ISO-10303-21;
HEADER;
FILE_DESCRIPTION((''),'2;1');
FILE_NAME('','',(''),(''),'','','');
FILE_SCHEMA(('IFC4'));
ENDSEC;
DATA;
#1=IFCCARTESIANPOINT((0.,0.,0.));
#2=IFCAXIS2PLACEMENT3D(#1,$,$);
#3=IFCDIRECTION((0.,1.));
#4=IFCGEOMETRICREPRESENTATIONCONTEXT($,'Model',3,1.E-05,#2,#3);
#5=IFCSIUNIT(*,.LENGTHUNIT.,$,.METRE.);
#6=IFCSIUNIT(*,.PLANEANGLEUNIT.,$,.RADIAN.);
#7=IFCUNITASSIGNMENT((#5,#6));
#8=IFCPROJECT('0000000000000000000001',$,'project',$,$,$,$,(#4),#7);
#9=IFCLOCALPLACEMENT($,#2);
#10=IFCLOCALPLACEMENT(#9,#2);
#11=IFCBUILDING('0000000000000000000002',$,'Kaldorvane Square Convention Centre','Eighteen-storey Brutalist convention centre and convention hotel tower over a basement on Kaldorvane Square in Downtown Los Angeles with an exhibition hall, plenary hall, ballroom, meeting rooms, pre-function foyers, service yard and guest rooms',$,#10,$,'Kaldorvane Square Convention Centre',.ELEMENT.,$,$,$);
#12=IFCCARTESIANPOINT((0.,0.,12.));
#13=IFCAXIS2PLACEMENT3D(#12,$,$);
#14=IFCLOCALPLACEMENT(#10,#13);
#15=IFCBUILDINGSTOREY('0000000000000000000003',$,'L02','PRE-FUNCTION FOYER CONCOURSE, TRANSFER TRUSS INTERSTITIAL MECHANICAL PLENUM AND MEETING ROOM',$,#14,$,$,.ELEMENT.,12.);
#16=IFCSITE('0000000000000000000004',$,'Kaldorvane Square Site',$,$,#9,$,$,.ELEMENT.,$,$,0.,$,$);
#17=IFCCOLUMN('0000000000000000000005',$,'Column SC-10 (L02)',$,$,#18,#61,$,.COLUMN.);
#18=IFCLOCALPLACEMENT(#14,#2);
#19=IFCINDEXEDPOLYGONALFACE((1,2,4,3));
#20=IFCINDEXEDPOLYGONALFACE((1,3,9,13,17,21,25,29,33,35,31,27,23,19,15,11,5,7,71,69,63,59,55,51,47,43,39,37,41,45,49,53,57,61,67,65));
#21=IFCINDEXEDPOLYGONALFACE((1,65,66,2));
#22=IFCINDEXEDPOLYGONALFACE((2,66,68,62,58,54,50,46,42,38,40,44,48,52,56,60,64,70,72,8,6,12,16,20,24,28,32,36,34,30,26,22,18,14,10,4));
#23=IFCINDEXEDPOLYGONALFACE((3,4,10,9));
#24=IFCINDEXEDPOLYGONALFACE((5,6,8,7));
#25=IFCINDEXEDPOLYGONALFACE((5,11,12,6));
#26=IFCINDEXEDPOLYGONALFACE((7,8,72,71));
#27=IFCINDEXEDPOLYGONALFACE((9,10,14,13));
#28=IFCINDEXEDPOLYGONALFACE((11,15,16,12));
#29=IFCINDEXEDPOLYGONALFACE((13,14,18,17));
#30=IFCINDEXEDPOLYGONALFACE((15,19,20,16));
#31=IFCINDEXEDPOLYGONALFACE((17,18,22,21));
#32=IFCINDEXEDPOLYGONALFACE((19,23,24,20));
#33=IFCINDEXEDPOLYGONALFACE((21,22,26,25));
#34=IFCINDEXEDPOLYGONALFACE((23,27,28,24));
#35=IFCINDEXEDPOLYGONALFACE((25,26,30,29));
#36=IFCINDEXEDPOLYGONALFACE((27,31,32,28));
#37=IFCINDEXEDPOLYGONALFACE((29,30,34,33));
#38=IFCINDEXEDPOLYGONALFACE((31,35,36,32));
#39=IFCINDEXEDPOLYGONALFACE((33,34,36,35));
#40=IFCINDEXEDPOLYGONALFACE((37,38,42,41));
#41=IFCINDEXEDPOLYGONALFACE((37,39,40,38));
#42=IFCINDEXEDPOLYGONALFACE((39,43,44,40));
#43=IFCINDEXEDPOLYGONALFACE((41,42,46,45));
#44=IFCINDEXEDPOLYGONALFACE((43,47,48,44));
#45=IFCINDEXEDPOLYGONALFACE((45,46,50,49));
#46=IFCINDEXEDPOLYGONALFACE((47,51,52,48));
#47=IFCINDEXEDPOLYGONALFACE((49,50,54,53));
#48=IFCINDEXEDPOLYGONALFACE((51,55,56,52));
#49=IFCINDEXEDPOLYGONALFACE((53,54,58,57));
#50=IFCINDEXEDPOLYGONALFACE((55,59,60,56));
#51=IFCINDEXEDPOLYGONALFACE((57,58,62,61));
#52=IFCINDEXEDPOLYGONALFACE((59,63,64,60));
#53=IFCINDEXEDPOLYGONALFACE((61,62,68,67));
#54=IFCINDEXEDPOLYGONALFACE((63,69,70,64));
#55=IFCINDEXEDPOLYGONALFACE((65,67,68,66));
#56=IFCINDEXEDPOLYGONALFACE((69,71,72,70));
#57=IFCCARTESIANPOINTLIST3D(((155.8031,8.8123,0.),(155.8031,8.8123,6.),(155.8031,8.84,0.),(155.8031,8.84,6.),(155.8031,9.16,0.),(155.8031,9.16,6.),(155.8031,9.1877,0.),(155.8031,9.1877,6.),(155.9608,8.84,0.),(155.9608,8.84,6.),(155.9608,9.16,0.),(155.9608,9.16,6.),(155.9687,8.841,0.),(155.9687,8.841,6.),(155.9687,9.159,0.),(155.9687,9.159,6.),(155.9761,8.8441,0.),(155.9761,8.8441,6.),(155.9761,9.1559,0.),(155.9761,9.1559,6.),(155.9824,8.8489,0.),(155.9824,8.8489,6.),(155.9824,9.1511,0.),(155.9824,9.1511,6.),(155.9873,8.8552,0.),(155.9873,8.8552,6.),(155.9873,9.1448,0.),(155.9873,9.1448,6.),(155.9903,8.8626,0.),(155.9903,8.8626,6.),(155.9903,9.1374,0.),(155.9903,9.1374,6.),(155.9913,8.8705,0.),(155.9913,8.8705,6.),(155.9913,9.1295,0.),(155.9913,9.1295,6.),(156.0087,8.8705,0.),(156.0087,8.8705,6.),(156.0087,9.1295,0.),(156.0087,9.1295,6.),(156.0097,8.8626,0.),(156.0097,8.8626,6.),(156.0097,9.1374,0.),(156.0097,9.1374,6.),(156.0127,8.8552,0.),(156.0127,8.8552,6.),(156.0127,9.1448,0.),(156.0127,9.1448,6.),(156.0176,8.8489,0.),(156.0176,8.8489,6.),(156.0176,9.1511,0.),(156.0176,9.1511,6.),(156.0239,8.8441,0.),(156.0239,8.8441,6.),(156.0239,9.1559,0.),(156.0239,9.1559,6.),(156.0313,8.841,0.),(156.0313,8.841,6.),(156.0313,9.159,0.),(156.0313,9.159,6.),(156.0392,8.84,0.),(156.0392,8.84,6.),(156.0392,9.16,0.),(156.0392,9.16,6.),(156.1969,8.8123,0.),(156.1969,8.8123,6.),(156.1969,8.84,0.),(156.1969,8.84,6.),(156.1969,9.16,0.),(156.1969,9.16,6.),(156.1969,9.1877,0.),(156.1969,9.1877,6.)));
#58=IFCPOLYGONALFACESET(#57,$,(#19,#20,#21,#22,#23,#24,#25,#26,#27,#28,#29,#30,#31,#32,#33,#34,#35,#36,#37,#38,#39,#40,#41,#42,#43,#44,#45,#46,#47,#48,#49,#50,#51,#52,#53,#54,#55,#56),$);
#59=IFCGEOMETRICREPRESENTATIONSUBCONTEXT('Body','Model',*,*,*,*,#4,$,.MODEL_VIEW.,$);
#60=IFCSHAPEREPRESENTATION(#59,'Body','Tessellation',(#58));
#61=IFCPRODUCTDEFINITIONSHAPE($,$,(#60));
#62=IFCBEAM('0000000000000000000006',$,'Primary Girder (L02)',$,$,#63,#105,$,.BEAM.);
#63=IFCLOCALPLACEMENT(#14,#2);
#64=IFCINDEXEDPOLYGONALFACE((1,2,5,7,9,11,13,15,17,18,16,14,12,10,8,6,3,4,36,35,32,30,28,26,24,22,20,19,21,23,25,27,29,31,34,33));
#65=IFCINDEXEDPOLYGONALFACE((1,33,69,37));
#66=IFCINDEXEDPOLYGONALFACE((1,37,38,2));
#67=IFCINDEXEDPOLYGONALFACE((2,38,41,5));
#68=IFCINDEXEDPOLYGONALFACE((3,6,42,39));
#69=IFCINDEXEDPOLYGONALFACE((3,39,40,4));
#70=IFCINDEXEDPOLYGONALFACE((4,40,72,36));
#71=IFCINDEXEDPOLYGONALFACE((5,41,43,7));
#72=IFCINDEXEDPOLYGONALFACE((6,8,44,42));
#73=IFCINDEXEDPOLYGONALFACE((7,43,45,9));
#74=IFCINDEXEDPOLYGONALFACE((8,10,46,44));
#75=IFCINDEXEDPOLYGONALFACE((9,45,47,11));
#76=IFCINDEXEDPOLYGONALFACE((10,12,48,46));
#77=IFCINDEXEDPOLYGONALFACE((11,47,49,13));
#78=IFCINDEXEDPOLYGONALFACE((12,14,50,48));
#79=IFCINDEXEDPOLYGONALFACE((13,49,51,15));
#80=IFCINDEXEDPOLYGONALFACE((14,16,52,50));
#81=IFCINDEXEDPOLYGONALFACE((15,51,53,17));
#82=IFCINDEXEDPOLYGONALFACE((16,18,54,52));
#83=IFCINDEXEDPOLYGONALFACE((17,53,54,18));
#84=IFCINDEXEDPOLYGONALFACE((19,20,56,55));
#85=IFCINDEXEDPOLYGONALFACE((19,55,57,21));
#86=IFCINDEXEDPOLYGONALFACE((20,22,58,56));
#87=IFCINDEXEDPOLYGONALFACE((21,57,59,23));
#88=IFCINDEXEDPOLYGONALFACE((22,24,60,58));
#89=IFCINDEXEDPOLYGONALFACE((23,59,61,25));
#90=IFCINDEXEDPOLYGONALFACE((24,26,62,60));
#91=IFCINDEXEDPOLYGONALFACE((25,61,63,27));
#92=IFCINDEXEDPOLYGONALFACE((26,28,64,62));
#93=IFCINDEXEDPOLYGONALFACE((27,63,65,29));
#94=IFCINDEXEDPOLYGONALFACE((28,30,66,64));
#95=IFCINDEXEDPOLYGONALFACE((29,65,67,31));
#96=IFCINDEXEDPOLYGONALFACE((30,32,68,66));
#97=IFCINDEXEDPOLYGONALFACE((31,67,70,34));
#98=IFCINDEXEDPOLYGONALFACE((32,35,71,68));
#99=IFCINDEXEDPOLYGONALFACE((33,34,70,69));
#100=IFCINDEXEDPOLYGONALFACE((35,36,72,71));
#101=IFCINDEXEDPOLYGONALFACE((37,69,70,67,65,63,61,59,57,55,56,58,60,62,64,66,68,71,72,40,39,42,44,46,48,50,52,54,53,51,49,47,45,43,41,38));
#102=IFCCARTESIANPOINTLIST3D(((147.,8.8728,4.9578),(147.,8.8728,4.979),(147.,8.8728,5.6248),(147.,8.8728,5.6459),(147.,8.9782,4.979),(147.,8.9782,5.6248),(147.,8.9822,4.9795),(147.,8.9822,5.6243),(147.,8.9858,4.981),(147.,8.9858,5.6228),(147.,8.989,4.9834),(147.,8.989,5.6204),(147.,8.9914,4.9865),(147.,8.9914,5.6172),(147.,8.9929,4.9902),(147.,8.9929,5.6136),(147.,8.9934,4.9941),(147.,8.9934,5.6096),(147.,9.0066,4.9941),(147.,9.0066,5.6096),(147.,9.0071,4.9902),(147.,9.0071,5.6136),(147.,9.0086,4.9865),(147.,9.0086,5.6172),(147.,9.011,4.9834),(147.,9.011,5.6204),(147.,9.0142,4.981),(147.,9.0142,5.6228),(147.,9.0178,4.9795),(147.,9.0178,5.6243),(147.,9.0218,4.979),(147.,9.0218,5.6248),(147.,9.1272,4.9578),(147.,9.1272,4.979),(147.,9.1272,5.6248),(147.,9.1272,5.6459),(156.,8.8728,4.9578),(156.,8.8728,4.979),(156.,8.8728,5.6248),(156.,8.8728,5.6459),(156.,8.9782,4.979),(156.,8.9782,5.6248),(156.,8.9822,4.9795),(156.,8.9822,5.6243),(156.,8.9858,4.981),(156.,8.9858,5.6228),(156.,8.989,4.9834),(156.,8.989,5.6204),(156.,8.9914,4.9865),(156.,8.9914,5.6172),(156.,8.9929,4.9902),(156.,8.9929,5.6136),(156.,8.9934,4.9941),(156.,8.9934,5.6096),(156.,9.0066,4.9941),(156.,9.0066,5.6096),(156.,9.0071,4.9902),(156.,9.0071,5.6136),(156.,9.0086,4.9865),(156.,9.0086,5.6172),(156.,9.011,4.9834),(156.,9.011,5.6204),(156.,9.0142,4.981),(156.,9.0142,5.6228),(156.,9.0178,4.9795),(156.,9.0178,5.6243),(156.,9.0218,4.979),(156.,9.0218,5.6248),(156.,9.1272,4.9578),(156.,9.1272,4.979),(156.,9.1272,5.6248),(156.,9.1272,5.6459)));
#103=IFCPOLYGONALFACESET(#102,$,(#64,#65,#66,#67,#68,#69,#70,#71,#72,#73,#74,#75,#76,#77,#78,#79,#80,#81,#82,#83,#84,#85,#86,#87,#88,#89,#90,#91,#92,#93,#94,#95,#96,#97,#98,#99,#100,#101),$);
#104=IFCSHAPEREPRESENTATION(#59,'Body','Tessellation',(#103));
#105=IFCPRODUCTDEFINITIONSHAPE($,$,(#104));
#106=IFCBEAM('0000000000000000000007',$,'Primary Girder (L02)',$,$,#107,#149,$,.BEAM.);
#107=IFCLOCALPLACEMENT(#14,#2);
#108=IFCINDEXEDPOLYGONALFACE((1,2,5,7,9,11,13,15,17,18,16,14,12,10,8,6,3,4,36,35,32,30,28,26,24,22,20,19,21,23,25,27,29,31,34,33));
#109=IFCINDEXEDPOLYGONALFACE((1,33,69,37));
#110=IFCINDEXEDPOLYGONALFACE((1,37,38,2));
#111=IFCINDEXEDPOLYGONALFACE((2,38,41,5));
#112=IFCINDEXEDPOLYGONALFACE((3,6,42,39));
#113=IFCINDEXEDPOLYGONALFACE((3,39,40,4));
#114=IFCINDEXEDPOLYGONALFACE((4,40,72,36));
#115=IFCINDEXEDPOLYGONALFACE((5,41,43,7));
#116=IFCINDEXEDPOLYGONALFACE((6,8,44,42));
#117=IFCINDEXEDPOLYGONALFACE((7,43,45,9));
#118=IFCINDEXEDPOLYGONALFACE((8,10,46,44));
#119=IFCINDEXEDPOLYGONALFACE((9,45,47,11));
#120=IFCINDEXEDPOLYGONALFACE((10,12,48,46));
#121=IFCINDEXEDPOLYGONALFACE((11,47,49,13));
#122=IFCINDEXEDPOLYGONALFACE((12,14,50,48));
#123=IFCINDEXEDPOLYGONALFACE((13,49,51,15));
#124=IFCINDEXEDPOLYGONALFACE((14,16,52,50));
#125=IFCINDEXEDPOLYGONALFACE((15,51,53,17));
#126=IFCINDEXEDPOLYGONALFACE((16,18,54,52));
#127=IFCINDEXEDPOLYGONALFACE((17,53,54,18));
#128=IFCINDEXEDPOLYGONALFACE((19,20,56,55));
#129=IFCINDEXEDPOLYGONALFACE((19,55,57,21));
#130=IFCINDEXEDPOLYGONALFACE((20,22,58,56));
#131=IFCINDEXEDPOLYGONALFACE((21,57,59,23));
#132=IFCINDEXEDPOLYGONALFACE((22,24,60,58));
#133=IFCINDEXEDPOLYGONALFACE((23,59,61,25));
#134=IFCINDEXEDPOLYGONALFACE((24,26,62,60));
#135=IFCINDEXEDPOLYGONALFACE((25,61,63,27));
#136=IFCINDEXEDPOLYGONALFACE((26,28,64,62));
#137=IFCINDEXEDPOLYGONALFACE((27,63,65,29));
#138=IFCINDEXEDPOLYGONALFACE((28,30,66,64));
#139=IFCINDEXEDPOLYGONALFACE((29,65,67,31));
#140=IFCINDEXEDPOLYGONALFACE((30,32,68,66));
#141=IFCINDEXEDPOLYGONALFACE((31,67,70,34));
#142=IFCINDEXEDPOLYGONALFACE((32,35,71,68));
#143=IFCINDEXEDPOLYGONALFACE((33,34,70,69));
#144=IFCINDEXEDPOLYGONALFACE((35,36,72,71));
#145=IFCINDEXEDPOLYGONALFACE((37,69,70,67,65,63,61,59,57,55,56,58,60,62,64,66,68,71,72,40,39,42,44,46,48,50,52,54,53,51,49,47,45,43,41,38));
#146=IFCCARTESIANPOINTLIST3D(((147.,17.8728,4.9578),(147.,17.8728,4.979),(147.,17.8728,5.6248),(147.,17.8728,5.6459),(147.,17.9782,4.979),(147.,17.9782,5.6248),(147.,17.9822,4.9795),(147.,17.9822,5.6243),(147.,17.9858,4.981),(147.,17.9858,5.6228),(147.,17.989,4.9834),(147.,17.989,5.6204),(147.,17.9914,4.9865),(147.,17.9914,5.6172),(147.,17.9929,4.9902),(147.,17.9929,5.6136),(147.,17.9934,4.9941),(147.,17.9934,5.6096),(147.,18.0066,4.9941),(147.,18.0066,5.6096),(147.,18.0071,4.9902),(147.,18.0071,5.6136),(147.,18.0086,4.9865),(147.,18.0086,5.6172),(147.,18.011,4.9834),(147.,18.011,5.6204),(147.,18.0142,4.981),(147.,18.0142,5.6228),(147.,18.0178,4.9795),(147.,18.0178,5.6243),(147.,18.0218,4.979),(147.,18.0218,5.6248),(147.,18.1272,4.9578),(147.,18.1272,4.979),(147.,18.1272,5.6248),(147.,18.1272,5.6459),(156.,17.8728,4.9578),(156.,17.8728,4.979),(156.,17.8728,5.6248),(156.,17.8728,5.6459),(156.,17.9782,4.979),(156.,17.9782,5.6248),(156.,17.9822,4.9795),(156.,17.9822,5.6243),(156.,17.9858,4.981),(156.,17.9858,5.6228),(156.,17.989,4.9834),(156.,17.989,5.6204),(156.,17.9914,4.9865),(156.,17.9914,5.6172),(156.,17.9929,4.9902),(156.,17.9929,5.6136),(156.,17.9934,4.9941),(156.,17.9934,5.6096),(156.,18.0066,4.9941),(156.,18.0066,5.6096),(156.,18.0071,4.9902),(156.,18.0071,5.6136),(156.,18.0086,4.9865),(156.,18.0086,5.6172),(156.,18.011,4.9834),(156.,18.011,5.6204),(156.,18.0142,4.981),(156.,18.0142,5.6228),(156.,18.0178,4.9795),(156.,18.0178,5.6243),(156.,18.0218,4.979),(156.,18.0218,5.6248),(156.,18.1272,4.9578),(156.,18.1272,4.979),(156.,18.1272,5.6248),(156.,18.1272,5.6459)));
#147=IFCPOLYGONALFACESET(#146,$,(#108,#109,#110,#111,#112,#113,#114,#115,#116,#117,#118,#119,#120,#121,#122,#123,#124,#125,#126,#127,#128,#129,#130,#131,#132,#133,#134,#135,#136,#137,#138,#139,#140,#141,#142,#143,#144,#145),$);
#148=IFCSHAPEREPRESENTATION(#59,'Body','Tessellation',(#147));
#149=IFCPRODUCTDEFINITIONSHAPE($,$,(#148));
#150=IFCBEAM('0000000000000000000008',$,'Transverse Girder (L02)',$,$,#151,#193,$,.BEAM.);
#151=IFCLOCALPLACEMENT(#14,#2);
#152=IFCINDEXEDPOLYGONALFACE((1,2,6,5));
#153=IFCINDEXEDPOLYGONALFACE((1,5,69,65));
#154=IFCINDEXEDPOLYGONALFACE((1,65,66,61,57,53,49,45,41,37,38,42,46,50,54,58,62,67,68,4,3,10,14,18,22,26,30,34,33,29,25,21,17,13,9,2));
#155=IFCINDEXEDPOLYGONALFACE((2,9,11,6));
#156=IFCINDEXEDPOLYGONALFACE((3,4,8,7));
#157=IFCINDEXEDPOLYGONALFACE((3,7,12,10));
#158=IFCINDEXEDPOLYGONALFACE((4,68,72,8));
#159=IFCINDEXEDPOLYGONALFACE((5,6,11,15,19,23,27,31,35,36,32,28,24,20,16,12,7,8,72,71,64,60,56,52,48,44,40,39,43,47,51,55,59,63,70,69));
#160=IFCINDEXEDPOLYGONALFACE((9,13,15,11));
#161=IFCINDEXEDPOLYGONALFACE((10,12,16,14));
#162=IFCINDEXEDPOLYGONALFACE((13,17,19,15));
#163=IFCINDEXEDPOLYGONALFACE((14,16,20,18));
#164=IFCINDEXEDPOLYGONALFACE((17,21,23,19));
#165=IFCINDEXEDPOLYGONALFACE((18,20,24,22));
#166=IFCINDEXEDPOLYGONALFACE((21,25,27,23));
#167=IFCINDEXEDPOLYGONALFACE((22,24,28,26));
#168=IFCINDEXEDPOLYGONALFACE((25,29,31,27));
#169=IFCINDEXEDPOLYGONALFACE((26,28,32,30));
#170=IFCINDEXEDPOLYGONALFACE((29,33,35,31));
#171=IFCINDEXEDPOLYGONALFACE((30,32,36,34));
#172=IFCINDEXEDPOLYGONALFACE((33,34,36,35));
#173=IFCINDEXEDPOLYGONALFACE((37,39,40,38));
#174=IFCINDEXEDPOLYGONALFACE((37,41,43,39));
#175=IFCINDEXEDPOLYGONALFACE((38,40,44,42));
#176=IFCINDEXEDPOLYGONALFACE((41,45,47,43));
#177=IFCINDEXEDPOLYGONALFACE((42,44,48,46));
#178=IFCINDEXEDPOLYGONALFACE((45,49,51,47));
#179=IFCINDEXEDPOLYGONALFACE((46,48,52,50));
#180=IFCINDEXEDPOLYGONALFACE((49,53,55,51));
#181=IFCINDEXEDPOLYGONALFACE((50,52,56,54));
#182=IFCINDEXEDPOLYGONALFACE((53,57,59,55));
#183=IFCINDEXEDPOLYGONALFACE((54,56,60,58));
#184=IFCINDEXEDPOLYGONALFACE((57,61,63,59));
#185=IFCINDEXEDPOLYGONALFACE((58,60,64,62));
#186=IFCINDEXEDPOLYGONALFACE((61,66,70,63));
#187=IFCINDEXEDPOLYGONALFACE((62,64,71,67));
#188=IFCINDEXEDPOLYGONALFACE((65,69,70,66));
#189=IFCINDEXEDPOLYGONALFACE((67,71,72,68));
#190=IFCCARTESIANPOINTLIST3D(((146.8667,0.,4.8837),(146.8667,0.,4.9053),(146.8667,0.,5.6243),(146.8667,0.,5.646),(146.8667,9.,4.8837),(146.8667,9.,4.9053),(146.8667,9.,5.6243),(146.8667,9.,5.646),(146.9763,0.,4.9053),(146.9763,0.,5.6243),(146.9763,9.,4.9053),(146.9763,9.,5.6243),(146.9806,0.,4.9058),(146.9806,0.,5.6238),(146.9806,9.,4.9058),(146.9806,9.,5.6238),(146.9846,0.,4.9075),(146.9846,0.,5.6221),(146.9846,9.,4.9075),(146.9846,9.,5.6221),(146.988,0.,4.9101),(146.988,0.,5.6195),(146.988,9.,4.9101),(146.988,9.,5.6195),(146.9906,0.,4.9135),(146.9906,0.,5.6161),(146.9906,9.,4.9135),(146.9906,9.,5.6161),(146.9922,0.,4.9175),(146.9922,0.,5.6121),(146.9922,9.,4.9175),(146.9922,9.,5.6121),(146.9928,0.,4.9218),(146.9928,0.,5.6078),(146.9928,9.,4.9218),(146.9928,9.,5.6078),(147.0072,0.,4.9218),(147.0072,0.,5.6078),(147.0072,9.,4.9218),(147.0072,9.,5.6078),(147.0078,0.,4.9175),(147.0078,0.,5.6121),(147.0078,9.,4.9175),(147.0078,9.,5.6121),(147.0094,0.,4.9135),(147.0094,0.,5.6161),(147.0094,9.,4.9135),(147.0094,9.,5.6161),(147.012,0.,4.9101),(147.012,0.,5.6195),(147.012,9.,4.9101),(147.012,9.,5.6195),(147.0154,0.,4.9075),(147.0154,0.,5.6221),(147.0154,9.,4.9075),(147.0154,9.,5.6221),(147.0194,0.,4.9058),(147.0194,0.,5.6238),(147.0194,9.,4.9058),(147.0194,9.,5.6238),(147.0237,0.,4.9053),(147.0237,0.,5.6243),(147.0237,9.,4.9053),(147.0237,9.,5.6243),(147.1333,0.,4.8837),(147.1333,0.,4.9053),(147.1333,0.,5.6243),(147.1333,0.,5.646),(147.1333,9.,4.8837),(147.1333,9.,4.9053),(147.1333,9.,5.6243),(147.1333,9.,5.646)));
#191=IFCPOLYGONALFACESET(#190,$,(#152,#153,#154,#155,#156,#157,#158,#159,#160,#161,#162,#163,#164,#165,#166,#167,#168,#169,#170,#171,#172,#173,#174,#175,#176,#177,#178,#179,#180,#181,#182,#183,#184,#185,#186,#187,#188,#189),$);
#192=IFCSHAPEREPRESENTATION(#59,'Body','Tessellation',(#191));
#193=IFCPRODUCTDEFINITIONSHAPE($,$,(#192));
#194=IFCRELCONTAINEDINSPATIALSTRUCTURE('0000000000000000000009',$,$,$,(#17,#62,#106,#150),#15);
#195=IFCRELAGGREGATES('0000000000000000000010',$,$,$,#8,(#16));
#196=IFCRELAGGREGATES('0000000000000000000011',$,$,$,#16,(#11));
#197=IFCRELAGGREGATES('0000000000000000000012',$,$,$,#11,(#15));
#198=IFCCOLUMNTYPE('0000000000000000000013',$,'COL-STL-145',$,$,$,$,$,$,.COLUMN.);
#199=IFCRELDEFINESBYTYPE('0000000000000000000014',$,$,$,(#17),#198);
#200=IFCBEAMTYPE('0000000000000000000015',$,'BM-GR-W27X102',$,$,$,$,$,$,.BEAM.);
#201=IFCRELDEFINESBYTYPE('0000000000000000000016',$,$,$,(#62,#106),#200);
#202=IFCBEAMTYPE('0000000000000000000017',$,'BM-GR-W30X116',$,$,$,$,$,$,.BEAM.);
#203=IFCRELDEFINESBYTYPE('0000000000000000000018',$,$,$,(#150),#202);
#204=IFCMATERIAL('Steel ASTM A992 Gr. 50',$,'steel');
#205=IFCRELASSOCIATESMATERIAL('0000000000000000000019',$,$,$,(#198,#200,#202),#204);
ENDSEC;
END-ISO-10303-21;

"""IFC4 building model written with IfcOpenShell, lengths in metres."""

from ifc_helpers import new_model, si_unit, direction, frame, origin, origin_2d, place, context, subcontext, project, spatial, i_section, extrude, material, material_profile, profile_set, type_object, element, save


model = new_model("IFC4")

# Units and contexts
model_context = context("Model", 3, precision=1e-05, world=origin(), true_north=direction((0.0, 1.0)))
body_context = subcontext(model_context, "Body", "Model", "MODEL_VIEW")
ifc_project = project(units=[si_unit("LENGTHUNIT", "METRE"), si_unit("PLANEANGLEUNIT", "RADIAN")], contexts=[model_context])

# Site, building, storey
site_placement = place(None, origin())
site = spatial("IfcSite", under=ifc_project, at=site_placement, Name="Kaldorvane Square Site", CompositionType="ELEMENT", RefElevation=0.0)
building_placement = place(site_placement, origin())
building = spatial("IfcBuilding", under=site, at=building_placement, Name="Kaldorvane Square Convention Centre", Description="Eighteen-storey Brutalist convention centre and convention hotel tower over a basement on Kaldorvane Square in Downtown Los Angeles with an exhibition hall, plenary hall, ballroom, meeting rooms, pre-function foyers, service yard and guest rooms", LongName="Kaldorvane Square Convention Centre", CompositionType="ELEMENT")
storey_placement = place(building_placement, frame((0.0, 0.0, 12.0)))
storey = spatial("IfcBuildingStorey", under=building, at=storey_placement, Name="L02", Description="PRE-FUNCTION FOYER CONCOURSE, TRANSFER TRUSS INTERSTITIAL MECHANICAL PLENUM AND MEETING ROOM", CompositionType="ELEMENT", Elevation=12.0)

# Column
ifc_material_1 = material(Name="Steel ASTM A992 Gr. 50", Category="steel")
ifc_material_profile_1 = material_profile(ifc_material_1, i_section(OverallWidth=0.3937, OverallDepth=0.3754, WebThickness=0.0173, FlangeThickness=0.0277, FilletRadius=0.0305, at=origin_2d()), Name="W14X145")
ifc_profile_set_1 = profile_set([ifc_material_profile_1], Name="Steel ASTM A992 Gr. 50")
column_type = type_object("IfcColumnType", Name="COL-STL-145", PredefinedType="COLUMN", material=ifc_profile_set_1)
for number, where, z_axis, x_axis, name in (
    (1, (156.0, 9.0, 0.0), (0.0, 0.0, 1.0), (1.0, 0.0, 0.0), "Column SC-10 (L02)"),
):
    element("IfcColumn", number, at=place(storey_placement, frame(where, z_axis=z_axis, x_axis=x_axis)), inside=storey, type_object=column_type, Name=name, PredefinedType="COLUMN", context=body_context, shape_type="SweptSolid", body=[
        extrude(i_section(OverallWidth=0.3937, OverallDepth=0.3754, WebThickness=0.0173, FlangeThickness=0.0277, FilletRadius=0.0305, at=origin_2d()), origin(), (0.0, 0.0, 1.0), 6.0),
    ])

# Beams
ifc_material_profile_2 = material_profile(ifc_material_1, i_section(OverallWidth=0.2544, OverallDepth=0.6881, WebThickness=0.0131, FlangeThickness=0.0211, FilletRadius=0.0152, at=origin_2d()), Name="W27X102")
ifc_profile_set_2 = profile_set([ifc_material_profile_2], Name="Steel ASTM A992 Gr. 50")
beam_type_1 = type_object("IfcBeamType", Name="BM-GR-W27X102", PredefinedType="BEAM", material=ifc_profile_set_2)
for number, where, z_axis, x_axis, name in (
    (2, (147.0, 9.0, 5.3019), (1.0, 0.0, 0.0), (0.0, 1.0, 0.0), "Primary Girder (L02)"),
    (3, (147.0, 18.0, 5.3019), (1.0, 0.0, 0.0), (0.0, 1.0, 0.0), "Primary Girder (L02)"),
):
    element("IfcBeam", number, at=place(storey_placement, frame(where, z_axis=z_axis, x_axis=x_axis)), inside=storey, type_object=beam_type_1, Name=name, PredefinedType="BEAM", context=body_context, shape_type="SweptSolid", body=[
        extrude(i_section(OverallWidth=0.2544, OverallDepth=0.6881, WebThickness=0.0131, FlangeThickness=0.0211, FilletRadius=0.0152, at=origin_2d()), origin(), (0.0, 0.0, 1.0), 9.0),
    ])
ifc_material_profile_3 = material_profile(ifc_material_1, i_section(OverallWidth=0.2666, OverallDepth=0.7623, WebThickness=0.0144, FlangeThickness=0.0216, FilletRadius=0.0165, at=origin_2d()), Name="W30X116")
ifc_profile_set_3 = profile_set([ifc_material_profile_3], Name="Steel ASTM A992 Gr. 50")
beam_type_2 = type_object("IfcBeamType", Name="BM-GR-W30X116", PredefinedType="BEAM", material=ifc_profile_set_3)
for number, where, z_axis, x_axis, name in (
    (4, (147.0, 0.0, 5.2648), (0.0, 1.0, 0.0), (-1.0, 0.0, 0.0), "Transverse Girder (L02)"),
):
    element("IfcBeam", number, at=place(storey_placement, frame(where, z_axis=z_axis, x_axis=x_axis)), inside=storey, type_object=beam_type_2, Name=name, PredefinedType="BEAM", context=body_context, shape_type="SweptSolid", body=[
        extrude(i_section(OverallWidth=0.2666, OverallDepth=0.7623, WebThickness=0.0144, FlangeThickness=0.0216, FilletRadius=0.0165, at=origin_2d()), origin(), (0.0, 0.0, 1.0), 9.0),
    ])

save(model, "model.ifc")
